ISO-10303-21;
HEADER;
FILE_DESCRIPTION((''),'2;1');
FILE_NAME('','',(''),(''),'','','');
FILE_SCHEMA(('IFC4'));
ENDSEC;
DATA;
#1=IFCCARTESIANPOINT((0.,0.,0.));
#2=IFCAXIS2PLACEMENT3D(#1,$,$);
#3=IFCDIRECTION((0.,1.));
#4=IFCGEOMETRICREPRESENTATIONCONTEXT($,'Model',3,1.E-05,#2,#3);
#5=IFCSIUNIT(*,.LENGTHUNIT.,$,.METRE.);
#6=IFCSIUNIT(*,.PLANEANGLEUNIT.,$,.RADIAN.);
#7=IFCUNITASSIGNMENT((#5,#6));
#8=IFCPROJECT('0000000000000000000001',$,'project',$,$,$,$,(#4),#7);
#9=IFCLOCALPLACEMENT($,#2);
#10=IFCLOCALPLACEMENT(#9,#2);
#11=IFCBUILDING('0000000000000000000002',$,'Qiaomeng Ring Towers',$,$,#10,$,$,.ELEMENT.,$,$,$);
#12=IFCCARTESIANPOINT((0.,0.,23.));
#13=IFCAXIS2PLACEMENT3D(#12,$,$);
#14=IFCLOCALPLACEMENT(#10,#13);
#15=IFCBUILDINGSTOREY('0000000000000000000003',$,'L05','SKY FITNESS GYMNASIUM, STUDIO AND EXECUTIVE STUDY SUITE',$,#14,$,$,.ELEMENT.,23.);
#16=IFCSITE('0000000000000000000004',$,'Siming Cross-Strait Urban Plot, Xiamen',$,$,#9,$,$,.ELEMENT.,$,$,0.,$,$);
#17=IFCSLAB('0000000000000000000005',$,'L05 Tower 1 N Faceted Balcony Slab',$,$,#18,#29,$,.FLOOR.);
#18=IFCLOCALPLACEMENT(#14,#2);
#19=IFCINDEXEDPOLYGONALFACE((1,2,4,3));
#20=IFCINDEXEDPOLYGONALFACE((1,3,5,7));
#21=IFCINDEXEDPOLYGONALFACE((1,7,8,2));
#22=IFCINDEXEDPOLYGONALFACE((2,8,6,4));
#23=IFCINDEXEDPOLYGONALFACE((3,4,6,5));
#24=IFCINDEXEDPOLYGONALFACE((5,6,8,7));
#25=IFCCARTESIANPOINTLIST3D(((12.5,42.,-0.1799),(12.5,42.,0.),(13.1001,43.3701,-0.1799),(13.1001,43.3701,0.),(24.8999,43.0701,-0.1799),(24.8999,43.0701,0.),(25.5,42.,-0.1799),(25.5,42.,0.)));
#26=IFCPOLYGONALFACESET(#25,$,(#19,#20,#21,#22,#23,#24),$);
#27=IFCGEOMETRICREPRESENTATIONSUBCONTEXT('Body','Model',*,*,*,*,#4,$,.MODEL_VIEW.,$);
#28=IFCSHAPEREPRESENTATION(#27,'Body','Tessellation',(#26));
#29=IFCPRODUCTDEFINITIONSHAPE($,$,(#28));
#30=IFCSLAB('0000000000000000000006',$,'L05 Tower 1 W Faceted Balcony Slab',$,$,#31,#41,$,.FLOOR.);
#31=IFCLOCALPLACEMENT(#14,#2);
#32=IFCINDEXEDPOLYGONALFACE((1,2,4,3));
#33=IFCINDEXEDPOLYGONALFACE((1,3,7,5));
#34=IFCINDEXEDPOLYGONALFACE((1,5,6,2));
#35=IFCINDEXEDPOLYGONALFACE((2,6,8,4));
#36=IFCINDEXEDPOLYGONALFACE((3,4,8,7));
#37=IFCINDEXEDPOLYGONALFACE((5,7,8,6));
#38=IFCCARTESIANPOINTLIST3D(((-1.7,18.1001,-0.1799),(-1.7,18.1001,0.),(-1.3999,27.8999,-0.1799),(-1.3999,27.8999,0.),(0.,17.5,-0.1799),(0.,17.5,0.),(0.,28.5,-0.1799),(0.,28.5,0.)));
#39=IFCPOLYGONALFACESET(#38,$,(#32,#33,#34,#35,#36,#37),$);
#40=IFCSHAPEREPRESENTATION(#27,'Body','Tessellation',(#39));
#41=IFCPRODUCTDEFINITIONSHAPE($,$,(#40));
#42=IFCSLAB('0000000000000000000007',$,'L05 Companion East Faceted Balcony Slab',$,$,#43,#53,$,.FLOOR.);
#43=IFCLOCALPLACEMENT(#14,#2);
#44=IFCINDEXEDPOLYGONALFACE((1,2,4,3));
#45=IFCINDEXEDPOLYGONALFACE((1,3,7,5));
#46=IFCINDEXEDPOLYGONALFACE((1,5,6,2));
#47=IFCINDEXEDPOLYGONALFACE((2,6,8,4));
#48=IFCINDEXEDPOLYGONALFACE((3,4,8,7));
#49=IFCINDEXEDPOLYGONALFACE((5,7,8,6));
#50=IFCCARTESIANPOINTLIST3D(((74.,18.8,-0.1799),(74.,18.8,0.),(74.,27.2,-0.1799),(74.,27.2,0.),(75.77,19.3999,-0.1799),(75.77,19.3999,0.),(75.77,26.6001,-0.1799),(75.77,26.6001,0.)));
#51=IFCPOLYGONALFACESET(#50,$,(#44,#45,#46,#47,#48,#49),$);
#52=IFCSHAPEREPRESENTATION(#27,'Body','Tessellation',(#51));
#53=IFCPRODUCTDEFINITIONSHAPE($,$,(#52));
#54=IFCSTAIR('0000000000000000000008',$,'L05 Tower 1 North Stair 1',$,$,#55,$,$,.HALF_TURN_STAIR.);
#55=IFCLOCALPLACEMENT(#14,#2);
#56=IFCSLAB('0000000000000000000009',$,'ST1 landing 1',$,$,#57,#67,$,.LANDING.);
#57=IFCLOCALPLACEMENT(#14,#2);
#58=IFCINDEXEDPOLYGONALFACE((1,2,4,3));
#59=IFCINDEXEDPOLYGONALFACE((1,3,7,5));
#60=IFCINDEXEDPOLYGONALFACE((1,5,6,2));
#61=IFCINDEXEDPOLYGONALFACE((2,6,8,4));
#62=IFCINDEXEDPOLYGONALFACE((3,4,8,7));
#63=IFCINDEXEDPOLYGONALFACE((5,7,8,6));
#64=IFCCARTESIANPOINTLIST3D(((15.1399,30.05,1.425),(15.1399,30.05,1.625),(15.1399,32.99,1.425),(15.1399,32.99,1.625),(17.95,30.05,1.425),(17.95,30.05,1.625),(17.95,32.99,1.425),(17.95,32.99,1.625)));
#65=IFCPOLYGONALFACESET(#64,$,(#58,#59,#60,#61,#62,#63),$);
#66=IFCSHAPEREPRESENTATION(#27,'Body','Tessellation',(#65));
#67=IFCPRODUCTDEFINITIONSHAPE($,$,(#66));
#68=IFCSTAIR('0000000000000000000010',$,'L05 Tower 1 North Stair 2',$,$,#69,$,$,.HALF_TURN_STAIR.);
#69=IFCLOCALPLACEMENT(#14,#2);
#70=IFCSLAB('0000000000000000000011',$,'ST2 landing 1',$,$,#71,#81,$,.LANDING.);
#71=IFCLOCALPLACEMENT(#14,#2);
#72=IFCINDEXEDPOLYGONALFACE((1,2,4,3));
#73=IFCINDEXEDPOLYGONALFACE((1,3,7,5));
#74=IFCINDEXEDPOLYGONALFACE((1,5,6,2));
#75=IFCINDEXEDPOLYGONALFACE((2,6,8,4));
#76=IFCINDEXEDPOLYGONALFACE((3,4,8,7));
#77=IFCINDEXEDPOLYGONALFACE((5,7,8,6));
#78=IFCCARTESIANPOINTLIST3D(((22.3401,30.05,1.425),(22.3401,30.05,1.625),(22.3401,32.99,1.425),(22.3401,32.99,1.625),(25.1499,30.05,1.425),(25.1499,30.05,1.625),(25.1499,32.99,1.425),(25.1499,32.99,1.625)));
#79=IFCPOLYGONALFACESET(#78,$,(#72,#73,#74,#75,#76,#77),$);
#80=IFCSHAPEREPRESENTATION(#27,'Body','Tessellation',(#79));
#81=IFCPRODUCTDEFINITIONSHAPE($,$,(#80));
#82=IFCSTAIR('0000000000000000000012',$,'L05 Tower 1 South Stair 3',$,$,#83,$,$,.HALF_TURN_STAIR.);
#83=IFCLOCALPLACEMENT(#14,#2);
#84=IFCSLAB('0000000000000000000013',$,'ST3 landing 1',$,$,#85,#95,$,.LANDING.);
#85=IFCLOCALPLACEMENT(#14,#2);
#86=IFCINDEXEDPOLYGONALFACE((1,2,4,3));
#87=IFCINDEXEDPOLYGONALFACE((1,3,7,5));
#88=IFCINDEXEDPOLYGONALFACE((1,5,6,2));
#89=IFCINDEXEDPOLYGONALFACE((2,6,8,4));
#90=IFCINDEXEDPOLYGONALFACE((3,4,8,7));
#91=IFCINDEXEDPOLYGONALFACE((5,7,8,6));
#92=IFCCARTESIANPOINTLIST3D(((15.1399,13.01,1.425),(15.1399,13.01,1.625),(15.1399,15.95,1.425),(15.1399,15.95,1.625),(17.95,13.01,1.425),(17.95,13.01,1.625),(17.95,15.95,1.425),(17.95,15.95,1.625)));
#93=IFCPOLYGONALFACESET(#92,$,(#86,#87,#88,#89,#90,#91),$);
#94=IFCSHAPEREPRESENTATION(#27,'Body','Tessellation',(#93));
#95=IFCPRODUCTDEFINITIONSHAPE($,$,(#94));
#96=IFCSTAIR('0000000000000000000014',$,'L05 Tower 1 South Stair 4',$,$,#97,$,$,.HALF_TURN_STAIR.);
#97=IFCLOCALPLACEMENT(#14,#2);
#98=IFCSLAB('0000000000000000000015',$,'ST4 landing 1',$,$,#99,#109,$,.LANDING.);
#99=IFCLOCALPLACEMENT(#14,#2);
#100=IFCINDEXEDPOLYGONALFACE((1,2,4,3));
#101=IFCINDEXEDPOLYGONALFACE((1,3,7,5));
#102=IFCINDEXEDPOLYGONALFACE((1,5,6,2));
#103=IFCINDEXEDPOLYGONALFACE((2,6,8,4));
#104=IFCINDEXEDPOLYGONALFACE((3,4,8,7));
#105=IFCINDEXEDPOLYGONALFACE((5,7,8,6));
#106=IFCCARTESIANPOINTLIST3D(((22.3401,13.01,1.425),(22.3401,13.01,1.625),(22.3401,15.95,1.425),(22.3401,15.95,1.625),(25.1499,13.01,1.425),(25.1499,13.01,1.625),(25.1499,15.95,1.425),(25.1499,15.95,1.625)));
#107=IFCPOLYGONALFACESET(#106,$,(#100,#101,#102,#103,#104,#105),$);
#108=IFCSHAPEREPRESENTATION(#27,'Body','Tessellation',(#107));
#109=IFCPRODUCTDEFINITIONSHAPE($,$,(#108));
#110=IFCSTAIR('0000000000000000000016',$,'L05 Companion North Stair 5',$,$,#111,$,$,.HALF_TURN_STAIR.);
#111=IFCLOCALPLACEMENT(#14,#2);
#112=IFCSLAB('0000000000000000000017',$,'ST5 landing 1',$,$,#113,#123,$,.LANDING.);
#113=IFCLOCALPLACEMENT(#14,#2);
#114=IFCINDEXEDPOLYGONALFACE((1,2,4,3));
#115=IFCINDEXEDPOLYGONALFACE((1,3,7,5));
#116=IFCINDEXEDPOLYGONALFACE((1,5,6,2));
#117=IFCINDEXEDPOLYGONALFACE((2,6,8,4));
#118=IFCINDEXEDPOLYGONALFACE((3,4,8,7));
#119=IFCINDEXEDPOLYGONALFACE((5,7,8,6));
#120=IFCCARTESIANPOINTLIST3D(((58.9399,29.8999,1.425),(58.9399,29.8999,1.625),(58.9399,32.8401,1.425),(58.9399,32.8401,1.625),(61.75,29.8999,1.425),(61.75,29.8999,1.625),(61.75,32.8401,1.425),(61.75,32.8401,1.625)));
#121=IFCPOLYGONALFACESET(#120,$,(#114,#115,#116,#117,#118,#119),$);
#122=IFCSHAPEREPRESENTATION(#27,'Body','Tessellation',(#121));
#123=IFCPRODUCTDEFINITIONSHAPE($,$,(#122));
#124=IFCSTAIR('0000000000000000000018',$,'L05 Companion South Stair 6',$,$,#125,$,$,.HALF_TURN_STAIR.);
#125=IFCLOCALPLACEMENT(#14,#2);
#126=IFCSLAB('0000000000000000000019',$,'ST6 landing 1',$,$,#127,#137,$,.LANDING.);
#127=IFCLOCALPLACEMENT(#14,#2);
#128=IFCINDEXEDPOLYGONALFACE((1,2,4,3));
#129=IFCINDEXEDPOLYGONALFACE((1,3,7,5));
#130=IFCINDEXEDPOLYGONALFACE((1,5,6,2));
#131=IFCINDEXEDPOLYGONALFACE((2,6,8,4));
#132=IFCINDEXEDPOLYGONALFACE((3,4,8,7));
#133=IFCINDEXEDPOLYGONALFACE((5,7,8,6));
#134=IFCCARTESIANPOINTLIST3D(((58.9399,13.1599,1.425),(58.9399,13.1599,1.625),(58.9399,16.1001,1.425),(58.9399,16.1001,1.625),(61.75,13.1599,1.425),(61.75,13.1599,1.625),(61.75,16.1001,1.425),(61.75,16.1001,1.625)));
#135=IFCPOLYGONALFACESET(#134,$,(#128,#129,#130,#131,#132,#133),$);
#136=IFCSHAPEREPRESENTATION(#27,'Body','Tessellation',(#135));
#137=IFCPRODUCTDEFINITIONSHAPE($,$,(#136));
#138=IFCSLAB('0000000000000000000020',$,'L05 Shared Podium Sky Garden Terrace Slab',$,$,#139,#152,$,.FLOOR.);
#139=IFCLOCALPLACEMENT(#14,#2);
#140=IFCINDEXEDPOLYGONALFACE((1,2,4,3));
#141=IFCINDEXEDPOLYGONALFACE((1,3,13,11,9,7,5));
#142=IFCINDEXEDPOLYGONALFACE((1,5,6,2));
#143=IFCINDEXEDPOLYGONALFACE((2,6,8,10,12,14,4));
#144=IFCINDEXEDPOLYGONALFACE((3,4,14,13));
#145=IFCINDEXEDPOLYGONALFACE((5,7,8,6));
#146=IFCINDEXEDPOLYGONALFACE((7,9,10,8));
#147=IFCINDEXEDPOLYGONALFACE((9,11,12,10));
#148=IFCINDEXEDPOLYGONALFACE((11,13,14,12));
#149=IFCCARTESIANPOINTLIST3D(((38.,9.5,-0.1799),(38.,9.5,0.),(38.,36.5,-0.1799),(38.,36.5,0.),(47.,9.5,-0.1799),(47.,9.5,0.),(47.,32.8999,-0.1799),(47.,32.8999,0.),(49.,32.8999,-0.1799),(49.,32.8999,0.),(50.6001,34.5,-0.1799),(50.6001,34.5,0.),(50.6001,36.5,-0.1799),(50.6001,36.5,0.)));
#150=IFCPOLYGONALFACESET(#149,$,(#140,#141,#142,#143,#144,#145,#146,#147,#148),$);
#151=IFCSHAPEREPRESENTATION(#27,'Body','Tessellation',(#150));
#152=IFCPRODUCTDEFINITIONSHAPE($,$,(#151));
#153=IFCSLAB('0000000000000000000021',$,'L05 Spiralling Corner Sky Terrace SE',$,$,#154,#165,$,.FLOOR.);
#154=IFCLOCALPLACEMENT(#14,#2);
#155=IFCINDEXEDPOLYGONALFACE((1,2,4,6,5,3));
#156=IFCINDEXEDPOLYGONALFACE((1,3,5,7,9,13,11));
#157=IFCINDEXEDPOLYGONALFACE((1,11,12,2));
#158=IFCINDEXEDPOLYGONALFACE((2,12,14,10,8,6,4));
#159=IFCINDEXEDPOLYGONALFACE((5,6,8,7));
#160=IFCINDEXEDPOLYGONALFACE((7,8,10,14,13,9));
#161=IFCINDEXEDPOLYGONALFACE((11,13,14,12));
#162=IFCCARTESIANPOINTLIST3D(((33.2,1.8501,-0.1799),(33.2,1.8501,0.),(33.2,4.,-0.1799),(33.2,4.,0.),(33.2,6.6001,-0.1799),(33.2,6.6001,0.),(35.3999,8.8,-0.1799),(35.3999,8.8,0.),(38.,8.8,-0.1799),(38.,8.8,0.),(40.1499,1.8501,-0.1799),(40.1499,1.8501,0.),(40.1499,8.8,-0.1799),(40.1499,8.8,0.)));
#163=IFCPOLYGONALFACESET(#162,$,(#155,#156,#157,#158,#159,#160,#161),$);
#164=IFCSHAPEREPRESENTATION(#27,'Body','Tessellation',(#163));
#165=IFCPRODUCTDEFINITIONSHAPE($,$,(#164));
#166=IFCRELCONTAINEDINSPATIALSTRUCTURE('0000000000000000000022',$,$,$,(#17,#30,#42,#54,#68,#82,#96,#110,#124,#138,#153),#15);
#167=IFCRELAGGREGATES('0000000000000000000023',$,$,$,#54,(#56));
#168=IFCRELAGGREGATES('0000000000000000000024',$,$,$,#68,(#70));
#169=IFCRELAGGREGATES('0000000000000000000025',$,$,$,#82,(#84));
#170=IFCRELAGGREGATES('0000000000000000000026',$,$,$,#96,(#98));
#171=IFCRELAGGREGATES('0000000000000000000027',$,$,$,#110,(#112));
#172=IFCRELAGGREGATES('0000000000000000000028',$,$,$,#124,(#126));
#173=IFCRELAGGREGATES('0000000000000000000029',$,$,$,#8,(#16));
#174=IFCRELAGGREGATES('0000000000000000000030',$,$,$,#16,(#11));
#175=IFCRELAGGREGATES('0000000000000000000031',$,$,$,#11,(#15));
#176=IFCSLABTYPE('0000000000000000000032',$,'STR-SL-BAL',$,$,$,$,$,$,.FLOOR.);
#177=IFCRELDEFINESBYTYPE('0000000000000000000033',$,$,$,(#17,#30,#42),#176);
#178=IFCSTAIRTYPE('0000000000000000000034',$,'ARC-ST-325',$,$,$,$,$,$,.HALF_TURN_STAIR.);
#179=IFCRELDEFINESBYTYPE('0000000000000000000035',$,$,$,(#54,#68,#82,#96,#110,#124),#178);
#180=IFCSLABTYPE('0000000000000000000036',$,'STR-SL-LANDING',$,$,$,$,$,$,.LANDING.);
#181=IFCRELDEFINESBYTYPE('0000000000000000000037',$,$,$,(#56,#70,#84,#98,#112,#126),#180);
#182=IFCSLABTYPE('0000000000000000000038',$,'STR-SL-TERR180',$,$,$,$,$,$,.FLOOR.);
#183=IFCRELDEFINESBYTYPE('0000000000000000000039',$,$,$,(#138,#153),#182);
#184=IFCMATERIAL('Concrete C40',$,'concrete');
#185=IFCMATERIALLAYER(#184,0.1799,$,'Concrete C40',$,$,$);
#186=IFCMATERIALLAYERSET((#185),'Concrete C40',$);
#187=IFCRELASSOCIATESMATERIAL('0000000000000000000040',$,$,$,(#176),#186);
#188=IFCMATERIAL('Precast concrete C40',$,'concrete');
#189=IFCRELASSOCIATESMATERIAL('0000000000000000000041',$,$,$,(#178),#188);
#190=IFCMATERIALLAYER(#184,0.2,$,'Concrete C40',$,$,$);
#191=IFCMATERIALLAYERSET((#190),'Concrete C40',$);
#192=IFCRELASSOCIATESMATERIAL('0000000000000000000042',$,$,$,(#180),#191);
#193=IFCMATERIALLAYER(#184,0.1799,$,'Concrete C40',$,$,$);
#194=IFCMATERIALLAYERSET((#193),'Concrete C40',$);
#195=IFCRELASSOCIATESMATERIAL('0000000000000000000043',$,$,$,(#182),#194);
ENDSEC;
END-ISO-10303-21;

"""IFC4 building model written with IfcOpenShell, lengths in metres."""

from ifc_helpers import new_model, si_unit, direction, frame, origin, place, context, subcontext, project, spatial, polyline, outline, extrude, material, layer, layer_set, type_object, element, aggregate, save


model = new_model("IFC4")

# Units and contexts
model_context = context("Model", 3, precision=1e-05, world=origin(), true_north=direction((0.0, 1.0)))
body_context = subcontext(model_context, "Body", "Model", "MODEL_VIEW")
ifc_project = project(units=[si_unit("LENGTHUNIT", "METRE"), si_unit("PLANEANGLEUNIT", "RADIAN")], contexts=[model_context])

# Site, building, storey
site_placement = place(None, origin())
site = spatial("IfcSite", under=ifc_project, at=site_placement, Name="Siming Cross-Strait Urban Plot, Xiamen", CompositionType="ELEMENT", RefElevation=0.0)
building_placement = place(site_placement, origin())
building = spatial("IfcBuilding", under=site, at=building_placement, Name="Qiaomeng Ring Towers", CompositionType="ELEMENT")
storey_placement = place(building_placement, frame((0.0, 0.0, 23.0)))
storey = spatial("IfcBuildingStorey", under=building, at=storey_placement, Name="L05", Description="SKY FITNESS GYMNASIUM, STUDIO AND EXECUTIVE STUDY SUITE", CompositionType="ELEMENT", Elevation=23.0)

# Slabs
ifc_material_1 = material(Name="Concrete C40", Category="concrete")
ifc_layer_1 = layer(ifc_material_1, 0.1799, Name="Concrete C40")
ifc_layer_set_1 = layer_set([ifc_layer_1], Name="Concrete C40")
slab_type_1 = type_object("IfcSlabType", Name="STR-SL-BAL", PredefinedType="FLOOR", material=ifc_layer_set_1)
slab_1_placement = place(storey_placement, frame((0.0, 0.0, -0.1799)))
element("IfcSlab", 1, at=slab_1_placement, inside=storey, type_object=slab_type_1, Name="L05 Tower 1 N Faceted Balcony Slab", PredefinedType="FLOOR", context=body_context, shape_type="SweptSolid", body=[
    extrude(outline(polyline([(12.5, 42.0), (13.1001, 43.3701), (24.8999, 43.0701), (25.5, 42.0), (12.5, 42.0)])), origin(), (0.0, 0.0, 1.0), 0.1799),
])
slab_2_placement = place(storey_placement, frame((0.0, 0.0, -0.1799)))
element("IfcSlab", 2, at=slab_2_placement, inside=storey, type_object=slab_type_1, Name="L05 Tower 1 W Faceted Balcony Slab", PredefinedType="FLOOR", context=body_context, shape_type="SweptSolid", body=[
    extrude(outline(polyline([(0.0, 17.5), (-1.7, 18.1001), (-1.3999, 27.8999), (0.0, 28.5), (0.0, 17.5)])), origin(), (0.0, 0.0, 1.0), 0.1799),
])
slab_3_placement = place(storey_placement, frame((0.0, 0.0, -0.1799)))
element("IfcSlab", 3, at=slab_3_placement, inside=storey, type_object=slab_type_1, Name="L05 Companion East Faceted Balcony Slab", PredefinedType="FLOOR", context=body_context, shape_type="SweptSolid", body=[
    extrude(outline(polyline([(75.77, 26.6001), (75.77, 19.3999), (74.0, 18.8), (74.0, 27.2), (75.77, 26.6001)])), origin(), (0.0, 0.0, 1.0), 0.1799),
])

# Stairs, slabs
ifc_material_2 = material(Name="Precast concrete C40", Category="concrete")
stair_type = type_object("IfcStairType", Name="ARC-ST-325", PredefinedType="HALF_TURN_STAIR", material=ifc_material_2)
stair_1_placement = place(storey_placement, origin())
stair_1 = element("IfcStair", 4, at=stair_1_placement, inside=storey, type_object=stair_type, Name="L05 Tower 1 North Stair 1", PredefinedType="HALF_TURN_STAIR")
ifc_layer_2 = layer(ifc_material_1, 0.2, Name="Concrete C40")
ifc_layer_set_2 = layer_set([ifc_layer_2], Name="Concrete C40")
slab_type_2 = type_object("IfcSlabType", Name="STR-SL-LANDING", PredefinedType="LANDING", material=ifc_layer_set_2)
slab_4_placement = place(storey_placement, frame((0.0, 0.0, 1.425)))
slab_4 = element("IfcSlab", 5, at=slab_4_placement, type_object=slab_type_2, Name="ST1 landing 1", PredefinedType="LANDING", context=body_context, shape_type="SweptSolid", body=[
    extrude(outline(polyline([(15.1399, 30.05), (17.95, 30.05), (17.95, 32.99), (15.1399, 32.99), (15.1399, 30.05)])), origin(), (0.0, 0.0, 1.0), 0.2),
])
aggregate(stair_1, [slab_4])
stair_2_placement = place(storey_placement, origin())
stair_2 = element("IfcStair", 6, at=stair_2_placement, inside=storey, type_object=stair_type, Name="L05 Tower 1 North Stair 2", PredefinedType="HALF_TURN_STAIR")
slab_5_placement = place(storey_placement, frame((0.0, 0.0, 1.425)))
slab_5 = element("IfcSlab", 7, at=slab_5_placement, type_object=slab_type_2, Name="ST2 landing 1", PredefinedType="LANDING", context=body_context, shape_type="SweptSolid", body=[
    extrude(outline(polyline([(22.3401, 30.05), (25.1499, 30.05), (25.1499, 32.99), (22.3401, 32.99), (22.3401, 30.05)])), origin(), (0.0, 0.0, 1.0), 0.2),
])
aggregate(stair_2, [slab_5])
stair_3_placement = place(storey_placement, origin())
stair_3 = element("IfcStair", 8, at=stair_3_placement, inside=storey, type_object=stair_type, Name="L05 Tower 1 South Stair 3", PredefinedType="HALF_TURN_STAIR")
slab_6_placement = place(storey_placement, frame((0.0, 0.0, 1.425)))
slab_6 = element("IfcSlab", 9, at=slab_6_placement, type_object=slab_type_2, Name="ST3 landing 1", PredefinedType="LANDING", context=body_context, shape_type="SweptSolid", body=[
    extrude(outline(polyline([(15.1399, 13.01), (17.95, 13.01), (17.95, 15.95), (15.1399, 15.95), (15.1399, 13.01)])), origin(), (0.0, 0.0, 1.0), 0.2),
])
aggregate(stair_3, [slab_6])
stair_4_placement = place(storey_placement, origin())
stair_4 = element("IfcStair", 10, at=stair_4_placement, inside=storey, type_object=stair_type, Name="L05 Tower 1 South Stair 4", PredefinedType="HALF_TURN_STAIR")
slab_7_placement = place(storey_placement, frame((0.0, 0.0, 1.425)))
slab_7 = element("IfcSlab", 11, at=slab_7_placement, type_object=slab_type_2, Name="ST4 landing 1", PredefinedType="LANDING", context=body_context, shape_type="SweptSolid", body=[
    extrude(outline(polyline([(22.3401, 13.01), (25.1499, 13.01), (25.1499, 15.95), (22.3401, 15.95), (22.3401, 13.01)])), origin(), (0.0, 0.0, 1.0), 0.2),
])
aggregate(stair_4, [slab_7])
stair_5_placement = place(storey_placement, origin())
stair_5 = element("IfcStair", 12, at=stair_5_placement, inside=storey, type_object=stair_type, Name="L05 Companion North Stair 5", PredefinedType="HALF_TURN_STAIR")
slab_8_placement = place(storey_placement, frame((0.0, 0.0, 1.425)))
slab_8 = element("IfcSlab", 13, at=slab_8_placement, type_object=slab_type_2, Name="ST5 landing 1", PredefinedType="LANDING", context=body_context, shape_type="SweptSolid", body=[
    extrude(outline(polyline([(58.9399, 29.8999), (61.75, 29.8999), (61.75, 32.8401), (58.9399, 32.8401), (58.9399, 29.8999)])), origin(), (0.0, 0.0, 1.0), 0.2),
])
aggregate(stair_5, [slab_8])
stair_6_placement = place(storey_placement, origin())
stair_6 = element("IfcStair", 14, at=stair_6_placement, inside=storey, type_object=stair_type, Name="L05 Companion South Stair 6", PredefinedType="HALF_TURN_STAIR")
slab_9_placement = place(storey_placement, frame((0.0, 0.0, 1.425)))
slab_9 = element("IfcSlab", 15, at=slab_9_placement, type_object=slab_type_2, Name="ST6 landing 1", PredefinedType="LANDING", context=body_context, shape_type="SweptSolid", body=[
    extrude(outline(polyline([(58.9399, 13.1599), (61.75, 13.1599), (61.75, 16.1001), (58.9399, 16.1001), (58.9399, 13.1599)])), origin(), (0.0, 0.0, 1.0), 0.2),
])
aggregate(stair_6, [slab_9])

# Slabs
ifc_layer_3 = layer(ifc_material_1, 0.1799, Name="Concrete C40")
ifc_layer_set_3 = layer_set([ifc_layer_3], Name="Concrete C40")
slab_type_3 = type_object("IfcSlabType", Name="STR-SL-TERR180", PredefinedType="FLOOR", material=ifc_layer_set_3)
slab_10_placement = place(storey_placement, frame((0.0, 0.0, -0.1799)))
element("IfcSlab", 16, at=slab_10_placement, inside=storey, type_object=slab_type_3, Name="L05 Shared Podium Sky Garden Terrace Slab", PredefinedType="FLOOR", context=body_context, shape_type="SweptSolid", body=[
    extrude(outline(polyline([(38.0, 9.5), (47.0, 9.5), (47.0, 32.8999), (49.0, 32.8999), (50.6001, 34.5), (50.6001, 36.5), (38.0, 36.5), (38.0, 9.5)])), origin(), (0.0, 0.0, 1.0), 0.1799),
])
slab_11_placement = place(storey_placement, frame((0.0, 0.0, -0.1799)))
element("IfcSlab", 17, at=slab_11_placement, inside=storey, type_object=slab_type_3, Name="L05 Spiralling Corner Sky Terrace SE", PredefinedType="FLOOR", context=body_context, shape_type="SweptSolid", body=[
    extrude(outline(polyline([(40.1499, 8.8), (40.1499, 1.8501), (33.2, 1.8501), (33.2, 4.0), (33.2, 6.6001), (35.3999, 8.8), (38.0, 8.8), (40.1499, 8.8)])), origin(), (0.0, 0.0, 1.0), 0.1799),
])

save(model, "model.ifc")
